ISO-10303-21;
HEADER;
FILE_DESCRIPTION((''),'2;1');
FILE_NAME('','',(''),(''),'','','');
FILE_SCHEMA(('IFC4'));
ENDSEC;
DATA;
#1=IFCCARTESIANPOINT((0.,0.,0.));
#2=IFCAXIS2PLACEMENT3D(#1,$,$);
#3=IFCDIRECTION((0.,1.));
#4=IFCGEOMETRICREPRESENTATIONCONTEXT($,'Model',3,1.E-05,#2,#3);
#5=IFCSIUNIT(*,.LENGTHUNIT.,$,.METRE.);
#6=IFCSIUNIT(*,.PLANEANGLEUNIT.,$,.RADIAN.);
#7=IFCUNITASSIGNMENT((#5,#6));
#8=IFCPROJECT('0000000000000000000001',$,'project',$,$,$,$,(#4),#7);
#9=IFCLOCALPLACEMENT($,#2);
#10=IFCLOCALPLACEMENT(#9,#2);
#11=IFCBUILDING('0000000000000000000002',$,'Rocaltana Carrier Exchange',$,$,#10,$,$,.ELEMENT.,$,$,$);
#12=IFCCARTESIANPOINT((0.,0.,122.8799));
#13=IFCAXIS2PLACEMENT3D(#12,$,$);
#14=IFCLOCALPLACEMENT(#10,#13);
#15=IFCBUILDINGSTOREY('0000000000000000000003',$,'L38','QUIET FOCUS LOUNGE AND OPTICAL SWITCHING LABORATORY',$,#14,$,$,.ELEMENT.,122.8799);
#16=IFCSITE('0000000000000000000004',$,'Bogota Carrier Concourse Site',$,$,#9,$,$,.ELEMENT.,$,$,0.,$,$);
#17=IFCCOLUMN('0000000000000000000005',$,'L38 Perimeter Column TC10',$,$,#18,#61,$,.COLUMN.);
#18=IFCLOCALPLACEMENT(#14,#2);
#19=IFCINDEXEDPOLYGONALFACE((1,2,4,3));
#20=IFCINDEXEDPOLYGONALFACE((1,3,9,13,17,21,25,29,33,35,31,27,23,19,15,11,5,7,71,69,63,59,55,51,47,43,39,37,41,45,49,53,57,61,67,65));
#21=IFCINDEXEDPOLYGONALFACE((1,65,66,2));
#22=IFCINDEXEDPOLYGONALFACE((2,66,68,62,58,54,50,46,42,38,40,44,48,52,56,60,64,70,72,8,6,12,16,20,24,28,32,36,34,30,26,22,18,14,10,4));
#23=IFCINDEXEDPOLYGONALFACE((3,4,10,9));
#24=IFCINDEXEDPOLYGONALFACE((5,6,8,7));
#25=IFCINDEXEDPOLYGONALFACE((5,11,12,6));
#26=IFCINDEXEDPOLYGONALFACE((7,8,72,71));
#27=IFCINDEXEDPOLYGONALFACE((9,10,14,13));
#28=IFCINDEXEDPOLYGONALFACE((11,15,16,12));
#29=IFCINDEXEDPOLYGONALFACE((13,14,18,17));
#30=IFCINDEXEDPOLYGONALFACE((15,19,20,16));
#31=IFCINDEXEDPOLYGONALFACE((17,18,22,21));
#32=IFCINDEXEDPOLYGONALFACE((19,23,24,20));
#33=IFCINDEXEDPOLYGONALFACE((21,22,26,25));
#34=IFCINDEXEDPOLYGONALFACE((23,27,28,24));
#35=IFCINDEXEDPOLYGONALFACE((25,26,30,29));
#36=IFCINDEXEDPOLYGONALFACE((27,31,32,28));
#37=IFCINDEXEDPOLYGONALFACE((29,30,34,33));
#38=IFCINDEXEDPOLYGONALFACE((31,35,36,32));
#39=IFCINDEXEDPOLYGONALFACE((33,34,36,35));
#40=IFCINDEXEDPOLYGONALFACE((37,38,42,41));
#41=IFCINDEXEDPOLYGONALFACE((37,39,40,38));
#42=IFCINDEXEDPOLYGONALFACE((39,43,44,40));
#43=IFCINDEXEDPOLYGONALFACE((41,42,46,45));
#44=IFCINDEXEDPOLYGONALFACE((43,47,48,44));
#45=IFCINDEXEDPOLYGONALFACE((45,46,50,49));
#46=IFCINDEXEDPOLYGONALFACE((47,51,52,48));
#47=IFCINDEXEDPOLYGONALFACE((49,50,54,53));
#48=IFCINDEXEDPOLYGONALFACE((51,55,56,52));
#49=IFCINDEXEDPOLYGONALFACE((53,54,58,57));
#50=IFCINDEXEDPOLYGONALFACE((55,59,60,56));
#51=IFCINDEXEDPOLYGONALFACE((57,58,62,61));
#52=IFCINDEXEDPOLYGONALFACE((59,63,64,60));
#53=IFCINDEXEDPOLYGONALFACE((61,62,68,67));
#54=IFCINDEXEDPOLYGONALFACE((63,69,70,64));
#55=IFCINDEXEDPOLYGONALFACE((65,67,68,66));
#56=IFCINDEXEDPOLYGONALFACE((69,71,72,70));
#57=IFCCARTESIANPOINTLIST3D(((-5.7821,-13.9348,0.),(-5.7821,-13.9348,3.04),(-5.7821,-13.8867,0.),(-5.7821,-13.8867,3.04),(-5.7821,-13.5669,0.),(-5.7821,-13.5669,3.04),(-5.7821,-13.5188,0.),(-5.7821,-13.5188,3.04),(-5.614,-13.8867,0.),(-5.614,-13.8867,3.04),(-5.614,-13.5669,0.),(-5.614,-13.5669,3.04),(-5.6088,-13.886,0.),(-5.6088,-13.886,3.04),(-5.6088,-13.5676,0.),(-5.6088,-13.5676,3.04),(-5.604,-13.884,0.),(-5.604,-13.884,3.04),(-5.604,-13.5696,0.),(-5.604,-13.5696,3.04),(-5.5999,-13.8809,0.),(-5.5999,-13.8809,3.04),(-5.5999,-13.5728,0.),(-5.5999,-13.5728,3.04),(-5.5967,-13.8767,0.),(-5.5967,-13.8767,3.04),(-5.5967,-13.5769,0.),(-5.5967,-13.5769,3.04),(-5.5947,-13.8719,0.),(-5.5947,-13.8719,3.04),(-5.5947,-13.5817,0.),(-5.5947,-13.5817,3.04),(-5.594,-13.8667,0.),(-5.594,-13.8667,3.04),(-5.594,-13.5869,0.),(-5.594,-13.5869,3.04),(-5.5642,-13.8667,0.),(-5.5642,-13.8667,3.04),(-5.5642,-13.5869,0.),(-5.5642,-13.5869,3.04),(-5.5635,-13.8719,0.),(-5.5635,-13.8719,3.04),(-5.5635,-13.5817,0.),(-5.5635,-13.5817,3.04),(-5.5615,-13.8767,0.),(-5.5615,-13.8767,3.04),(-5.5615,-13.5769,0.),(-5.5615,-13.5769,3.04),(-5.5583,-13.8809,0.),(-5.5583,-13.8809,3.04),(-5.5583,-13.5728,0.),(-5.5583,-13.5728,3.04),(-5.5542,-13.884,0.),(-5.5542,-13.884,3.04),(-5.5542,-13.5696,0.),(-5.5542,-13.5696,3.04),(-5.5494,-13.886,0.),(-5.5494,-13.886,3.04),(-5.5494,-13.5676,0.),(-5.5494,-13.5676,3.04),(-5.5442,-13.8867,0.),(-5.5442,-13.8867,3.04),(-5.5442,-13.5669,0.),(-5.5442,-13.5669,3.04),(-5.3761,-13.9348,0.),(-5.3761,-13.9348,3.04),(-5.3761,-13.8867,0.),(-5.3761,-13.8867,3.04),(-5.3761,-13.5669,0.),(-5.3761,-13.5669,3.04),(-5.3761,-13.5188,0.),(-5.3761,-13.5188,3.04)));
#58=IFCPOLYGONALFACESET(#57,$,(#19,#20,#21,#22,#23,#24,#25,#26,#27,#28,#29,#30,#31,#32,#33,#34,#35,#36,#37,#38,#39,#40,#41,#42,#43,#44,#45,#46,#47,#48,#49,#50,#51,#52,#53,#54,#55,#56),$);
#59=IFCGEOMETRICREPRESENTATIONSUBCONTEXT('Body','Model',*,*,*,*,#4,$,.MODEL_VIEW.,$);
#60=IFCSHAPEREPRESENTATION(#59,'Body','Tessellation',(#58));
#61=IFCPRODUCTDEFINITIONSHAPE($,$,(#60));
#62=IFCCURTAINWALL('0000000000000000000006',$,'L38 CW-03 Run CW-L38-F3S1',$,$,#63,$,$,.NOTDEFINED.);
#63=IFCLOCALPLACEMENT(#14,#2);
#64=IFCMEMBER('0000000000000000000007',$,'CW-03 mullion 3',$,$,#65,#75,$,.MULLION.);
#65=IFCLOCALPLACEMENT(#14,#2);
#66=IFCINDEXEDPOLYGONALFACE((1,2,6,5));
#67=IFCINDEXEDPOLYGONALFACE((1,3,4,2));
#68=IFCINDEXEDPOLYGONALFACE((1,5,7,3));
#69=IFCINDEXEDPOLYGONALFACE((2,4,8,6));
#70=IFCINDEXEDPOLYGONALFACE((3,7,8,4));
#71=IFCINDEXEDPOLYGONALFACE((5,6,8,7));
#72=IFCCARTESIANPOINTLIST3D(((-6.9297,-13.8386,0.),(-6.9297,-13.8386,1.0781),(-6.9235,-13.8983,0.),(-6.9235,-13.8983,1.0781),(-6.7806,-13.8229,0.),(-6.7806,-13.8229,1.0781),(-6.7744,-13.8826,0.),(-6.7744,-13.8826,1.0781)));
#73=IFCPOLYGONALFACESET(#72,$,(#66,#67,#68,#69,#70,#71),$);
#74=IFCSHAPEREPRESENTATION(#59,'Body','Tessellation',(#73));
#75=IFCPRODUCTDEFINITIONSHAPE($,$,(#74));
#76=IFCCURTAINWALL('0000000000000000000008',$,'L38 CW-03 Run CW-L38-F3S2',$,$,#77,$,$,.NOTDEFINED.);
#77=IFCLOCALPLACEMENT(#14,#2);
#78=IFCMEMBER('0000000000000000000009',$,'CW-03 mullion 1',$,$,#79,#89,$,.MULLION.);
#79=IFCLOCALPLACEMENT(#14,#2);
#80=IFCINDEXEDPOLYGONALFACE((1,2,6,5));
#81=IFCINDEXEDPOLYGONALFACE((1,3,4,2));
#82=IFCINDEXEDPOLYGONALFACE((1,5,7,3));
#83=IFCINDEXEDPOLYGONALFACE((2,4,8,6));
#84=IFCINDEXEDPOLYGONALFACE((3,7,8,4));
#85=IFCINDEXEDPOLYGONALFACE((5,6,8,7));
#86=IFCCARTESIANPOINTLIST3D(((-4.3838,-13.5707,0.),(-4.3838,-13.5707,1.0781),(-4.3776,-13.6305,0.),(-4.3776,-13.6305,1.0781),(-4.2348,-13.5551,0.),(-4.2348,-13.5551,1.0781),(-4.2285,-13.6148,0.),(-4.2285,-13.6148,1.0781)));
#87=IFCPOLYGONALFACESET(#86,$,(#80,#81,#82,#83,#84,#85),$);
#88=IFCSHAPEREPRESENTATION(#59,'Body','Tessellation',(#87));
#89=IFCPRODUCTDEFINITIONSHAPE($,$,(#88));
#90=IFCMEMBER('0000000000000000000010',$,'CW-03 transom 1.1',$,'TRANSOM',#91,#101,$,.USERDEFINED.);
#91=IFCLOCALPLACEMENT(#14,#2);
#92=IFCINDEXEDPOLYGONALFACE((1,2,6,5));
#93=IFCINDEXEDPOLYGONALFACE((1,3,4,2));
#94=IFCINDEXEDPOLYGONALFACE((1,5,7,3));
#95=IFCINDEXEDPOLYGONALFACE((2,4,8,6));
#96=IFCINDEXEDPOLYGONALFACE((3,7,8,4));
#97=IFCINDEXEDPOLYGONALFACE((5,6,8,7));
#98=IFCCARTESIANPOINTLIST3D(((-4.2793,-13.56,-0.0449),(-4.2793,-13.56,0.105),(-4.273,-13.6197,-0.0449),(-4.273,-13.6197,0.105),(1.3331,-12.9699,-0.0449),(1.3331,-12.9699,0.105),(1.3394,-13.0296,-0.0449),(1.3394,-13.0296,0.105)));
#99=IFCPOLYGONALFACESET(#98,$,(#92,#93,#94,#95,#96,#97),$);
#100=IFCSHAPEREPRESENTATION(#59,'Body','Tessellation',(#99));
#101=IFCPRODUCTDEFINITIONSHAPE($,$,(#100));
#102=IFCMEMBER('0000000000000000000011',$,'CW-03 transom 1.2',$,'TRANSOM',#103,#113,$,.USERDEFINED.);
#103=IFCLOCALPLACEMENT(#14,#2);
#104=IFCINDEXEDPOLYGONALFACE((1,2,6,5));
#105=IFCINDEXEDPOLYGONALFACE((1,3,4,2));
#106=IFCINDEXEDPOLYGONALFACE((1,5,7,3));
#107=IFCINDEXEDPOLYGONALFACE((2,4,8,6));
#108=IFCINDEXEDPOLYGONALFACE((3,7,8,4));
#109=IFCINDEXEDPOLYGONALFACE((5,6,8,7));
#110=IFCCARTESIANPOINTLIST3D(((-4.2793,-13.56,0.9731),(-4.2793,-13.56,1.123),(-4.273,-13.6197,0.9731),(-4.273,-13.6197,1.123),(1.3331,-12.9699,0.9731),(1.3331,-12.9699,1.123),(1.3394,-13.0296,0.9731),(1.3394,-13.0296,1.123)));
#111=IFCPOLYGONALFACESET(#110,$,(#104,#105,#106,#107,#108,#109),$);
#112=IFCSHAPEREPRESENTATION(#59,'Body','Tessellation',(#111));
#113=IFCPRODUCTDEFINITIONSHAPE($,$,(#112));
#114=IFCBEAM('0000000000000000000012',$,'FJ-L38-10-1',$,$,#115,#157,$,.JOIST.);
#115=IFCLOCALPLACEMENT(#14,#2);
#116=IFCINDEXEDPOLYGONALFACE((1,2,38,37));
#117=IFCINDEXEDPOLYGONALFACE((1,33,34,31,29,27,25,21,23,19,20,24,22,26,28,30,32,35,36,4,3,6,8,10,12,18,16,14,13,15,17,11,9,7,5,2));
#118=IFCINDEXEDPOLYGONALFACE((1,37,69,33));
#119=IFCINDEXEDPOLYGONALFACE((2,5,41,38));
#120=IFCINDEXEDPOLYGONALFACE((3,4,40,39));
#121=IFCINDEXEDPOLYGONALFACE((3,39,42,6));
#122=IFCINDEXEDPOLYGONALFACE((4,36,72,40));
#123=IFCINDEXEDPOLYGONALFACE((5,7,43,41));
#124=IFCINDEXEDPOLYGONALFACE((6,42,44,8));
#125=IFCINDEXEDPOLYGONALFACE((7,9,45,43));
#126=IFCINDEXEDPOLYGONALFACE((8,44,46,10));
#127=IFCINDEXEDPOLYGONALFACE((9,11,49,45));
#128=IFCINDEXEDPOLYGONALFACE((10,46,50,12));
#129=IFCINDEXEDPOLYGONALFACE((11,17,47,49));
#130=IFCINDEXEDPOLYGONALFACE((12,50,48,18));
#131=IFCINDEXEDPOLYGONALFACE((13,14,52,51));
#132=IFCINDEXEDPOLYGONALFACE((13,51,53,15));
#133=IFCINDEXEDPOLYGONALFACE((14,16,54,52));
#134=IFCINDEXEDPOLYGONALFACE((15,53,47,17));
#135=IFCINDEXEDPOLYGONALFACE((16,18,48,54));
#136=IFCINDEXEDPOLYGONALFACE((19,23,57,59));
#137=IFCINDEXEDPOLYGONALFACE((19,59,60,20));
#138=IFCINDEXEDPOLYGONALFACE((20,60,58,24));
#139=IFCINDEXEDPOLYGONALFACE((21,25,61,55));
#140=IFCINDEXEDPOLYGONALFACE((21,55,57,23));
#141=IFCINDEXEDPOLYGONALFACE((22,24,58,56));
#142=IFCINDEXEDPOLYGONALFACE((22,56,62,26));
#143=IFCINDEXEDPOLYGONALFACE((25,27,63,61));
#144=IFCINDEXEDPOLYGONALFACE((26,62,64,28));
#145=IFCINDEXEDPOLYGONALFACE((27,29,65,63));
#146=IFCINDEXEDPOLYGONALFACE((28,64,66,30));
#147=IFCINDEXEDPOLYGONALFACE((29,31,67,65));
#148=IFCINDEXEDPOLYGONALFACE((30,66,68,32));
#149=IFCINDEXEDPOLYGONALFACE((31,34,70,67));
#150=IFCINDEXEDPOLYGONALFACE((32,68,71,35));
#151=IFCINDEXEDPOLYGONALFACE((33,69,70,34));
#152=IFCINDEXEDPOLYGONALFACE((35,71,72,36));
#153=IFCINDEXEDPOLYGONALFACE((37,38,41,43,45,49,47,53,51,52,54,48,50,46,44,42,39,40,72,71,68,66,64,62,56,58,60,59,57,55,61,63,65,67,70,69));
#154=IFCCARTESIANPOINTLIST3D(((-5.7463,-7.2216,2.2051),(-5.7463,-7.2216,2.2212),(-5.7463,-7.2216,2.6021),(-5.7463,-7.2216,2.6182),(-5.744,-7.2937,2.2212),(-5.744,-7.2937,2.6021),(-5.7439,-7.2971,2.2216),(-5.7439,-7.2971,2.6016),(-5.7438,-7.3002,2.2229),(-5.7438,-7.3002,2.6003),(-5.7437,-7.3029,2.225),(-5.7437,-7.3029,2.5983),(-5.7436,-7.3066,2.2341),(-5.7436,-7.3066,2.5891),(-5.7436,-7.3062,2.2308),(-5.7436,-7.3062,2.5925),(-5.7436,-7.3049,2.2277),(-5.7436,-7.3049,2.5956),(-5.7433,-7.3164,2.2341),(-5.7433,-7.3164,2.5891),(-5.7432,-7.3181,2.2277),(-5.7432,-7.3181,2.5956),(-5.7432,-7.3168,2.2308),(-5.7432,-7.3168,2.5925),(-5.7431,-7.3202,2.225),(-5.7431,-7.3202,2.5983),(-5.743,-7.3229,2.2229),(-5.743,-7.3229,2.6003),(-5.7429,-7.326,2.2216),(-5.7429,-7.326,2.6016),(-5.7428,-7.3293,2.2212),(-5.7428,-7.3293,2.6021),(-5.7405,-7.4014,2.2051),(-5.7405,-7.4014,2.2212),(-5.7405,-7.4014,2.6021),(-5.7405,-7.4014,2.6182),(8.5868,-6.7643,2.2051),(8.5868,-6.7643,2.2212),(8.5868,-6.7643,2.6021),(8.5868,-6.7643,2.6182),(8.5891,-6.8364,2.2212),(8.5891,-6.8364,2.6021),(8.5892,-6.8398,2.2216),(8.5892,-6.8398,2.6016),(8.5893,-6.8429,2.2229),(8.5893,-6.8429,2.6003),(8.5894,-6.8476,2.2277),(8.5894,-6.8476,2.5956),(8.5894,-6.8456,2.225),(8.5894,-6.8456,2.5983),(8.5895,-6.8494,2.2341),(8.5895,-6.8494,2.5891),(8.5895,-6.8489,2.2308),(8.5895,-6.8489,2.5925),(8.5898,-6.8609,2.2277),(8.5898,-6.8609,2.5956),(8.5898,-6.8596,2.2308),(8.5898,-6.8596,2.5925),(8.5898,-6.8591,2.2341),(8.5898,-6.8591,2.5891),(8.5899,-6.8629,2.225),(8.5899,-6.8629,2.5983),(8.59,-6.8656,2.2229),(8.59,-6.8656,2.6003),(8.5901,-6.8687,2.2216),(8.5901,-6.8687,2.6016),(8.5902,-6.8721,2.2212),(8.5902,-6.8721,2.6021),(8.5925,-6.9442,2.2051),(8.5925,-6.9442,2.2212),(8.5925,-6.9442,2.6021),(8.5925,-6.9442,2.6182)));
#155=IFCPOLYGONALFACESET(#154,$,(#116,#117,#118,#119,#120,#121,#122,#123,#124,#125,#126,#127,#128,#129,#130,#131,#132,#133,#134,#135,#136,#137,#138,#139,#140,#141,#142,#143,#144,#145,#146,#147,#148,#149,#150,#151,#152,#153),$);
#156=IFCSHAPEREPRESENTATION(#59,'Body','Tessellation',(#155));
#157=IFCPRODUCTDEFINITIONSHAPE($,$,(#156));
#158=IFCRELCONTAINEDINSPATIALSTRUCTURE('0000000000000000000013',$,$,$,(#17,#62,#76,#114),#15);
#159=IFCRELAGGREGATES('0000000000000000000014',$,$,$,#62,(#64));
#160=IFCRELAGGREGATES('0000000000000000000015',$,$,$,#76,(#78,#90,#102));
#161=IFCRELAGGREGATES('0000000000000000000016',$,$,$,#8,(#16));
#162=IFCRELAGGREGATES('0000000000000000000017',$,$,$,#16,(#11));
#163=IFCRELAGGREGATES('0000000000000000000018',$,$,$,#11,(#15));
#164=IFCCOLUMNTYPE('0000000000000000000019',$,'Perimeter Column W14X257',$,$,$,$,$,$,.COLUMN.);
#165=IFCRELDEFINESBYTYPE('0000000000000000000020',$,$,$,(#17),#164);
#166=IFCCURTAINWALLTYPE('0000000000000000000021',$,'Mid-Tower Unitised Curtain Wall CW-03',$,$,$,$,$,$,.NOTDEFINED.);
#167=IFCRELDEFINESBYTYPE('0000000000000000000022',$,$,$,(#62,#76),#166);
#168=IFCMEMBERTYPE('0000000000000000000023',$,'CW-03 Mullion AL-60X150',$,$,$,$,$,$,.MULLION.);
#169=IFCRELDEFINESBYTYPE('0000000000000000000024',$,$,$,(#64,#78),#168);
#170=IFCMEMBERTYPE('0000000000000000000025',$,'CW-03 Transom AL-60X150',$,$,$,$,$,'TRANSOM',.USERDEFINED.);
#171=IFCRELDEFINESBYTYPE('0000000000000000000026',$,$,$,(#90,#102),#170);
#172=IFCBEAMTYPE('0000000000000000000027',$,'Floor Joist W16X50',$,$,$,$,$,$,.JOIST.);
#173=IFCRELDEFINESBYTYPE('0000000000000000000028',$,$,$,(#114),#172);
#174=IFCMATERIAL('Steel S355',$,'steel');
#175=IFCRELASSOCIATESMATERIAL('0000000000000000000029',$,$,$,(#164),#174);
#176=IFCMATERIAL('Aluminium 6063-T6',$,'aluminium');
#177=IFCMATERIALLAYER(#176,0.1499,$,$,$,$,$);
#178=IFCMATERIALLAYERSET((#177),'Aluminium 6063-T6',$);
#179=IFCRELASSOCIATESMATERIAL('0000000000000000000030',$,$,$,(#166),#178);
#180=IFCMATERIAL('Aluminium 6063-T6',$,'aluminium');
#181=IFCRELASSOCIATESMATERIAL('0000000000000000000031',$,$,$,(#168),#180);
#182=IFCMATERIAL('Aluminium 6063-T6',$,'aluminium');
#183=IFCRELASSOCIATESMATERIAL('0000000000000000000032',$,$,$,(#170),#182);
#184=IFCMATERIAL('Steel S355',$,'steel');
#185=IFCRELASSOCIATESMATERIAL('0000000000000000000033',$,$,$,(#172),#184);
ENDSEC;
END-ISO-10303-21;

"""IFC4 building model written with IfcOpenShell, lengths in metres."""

from ifc_helpers import new_model, si_unit, direction, frame, origin, origin_2d, place, context, subcontext, project, spatial, rectangle, i_section, extrude, material, layer, layer_set, material_profile, profile_set, type_object, element, aggregate, save


model = new_model("IFC4")

# Units and contexts
model_context = context("Model", 3, precision=1e-05, world=origin(), true_north=direction((0.0, 1.0)))
body_context = subcontext(model_context, "Body", "Model", "MODEL_VIEW")
ifc_project = project(units=[si_unit("LENGTHUNIT", "METRE"), si_unit("PLANEANGLEUNIT", "RADIAN")], contexts=[model_context])

# Site, building, storey
site_placement = place(None, origin())
site = spatial("IfcSite", under=ifc_project, at=site_placement, Name="Bogota Carrier Concourse Site", CompositionType="ELEMENT", RefElevation=0.0)
building_placement = place(site_placement, origin())
building = spatial("IfcBuilding", under=site, at=building_placement, Name="Rocaltana Carrier Exchange", CompositionType="ELEMENT")
storey_placement = place(building_placement, frame((0.0, 0.0, 122.8799)))
storey = spatial("IfcBuildingStorey", under=building, at=storey_placement, Name="L38", Description="QUIET FOCUS LOUNGE AND OPTICAL SWITCHING LABORATORY", CompositionType="ELEMENT", Elevation=122.8799)

# Column
ifc_material_1 = material(Name="Steel S355", Category="steel")
ifc_material_profile_1 = material_profile(ifc_material_1, i_section(OverallWidth=0.406, OverallDepth=0.416, WebThickness=0.0298, FlangeThickness=0.0481, FilletRadius=0.02, at=origin_2d()), Name="W14X257")
ifc_profile_set_1 = profile_set([ifc_material_profile_1], Name="Steel S355")
column_type = type_object("IfcColumnType", Name="Perimeter Column W14X257", PredefinedType="COLUMN", material=ifc_profile_set_1)
column_placement = place(storey_placement, frame((-5.5791, -13.7268, 0.0), z_axis=(0.0, 0.0, 1.0), x_axis=(1.0, 0.0, 0.0)))
element("IfcColumn", 1, at=column_placement, inside=storey, type_object=column_type, Name="L38 Perimeter Column TC10", PredefinedType="COLUMN", context=body_context, shape_type="SweptSolid", body=[
    extrude(i_section(OverallWidth=0.406, OverallDepth=0.416, WebThickness=0.0298, FlangeThickness=0.0481, FilletRadius=0.02, at=origin_2d()), origin(), (0.0, 0.0, 1.0), 3.04),
])

# Curtain wall, member
ifc_material_2 = material(Name="Aluminium 6063-T6", Category="aluminium")
ifc_layer_1 = layer(ifc_material_2, 0.1499)
ifc_layer_set_1 = layer_set([ifc_layer_1], Name="Aluminium 6063-T6")
curtain_wall_type = type_object("IfcCurtainWallType", Name="Mid-Tower Unitised Curtain Wall CW-03", PredefinedType="NOTDEFINED", material=ifc_layer_set_1)
curtain_wall_1_placement = place(storey_placement, origin())
curtain_wall_1 = element("IfcCurtainWall", 2, at=curtain_wall_1_placement, inside=storey, type_object=curtain_wall_type, Name="L38 CW-03 Run CW-L38-F3S1", PredefinedType="NOTDEFINED")
ifc_material_3 = material(Name="Aluminium 6063-T6", Category="aluminium")
ifc_material_profile_2 = material_profile(ifc_material_3, rectangle(XDim=0.0601, YDim=0.1499, at=origin_2d()), Name="AL-60X150")
ifc_profile_set_2 = profile_set([ifc_material_profile_2], Name="Aluminium 6063-T6")
member_type_1 = type_object("IfcMemberType", Name="CW-03 Mullion AL-60X150", PredefinedType="MULLION", material=ifc_profile_set_2)
member_1_placement = place(storey_placement, frame((-6.8521, -13.8606, 0.0), z_axis=(0.0, 0.0, 1.0), x_axis=(-0.104522, 0.994523, 0.0)))
member_1 = element("IfcMember", 3, at=member_1_placement, type_object=member_type_1, Name="CW-03 mullion 3", PredefinedType="MULLION", context=body_context, shape_type="SweptSolid", body=[
    extrude(rectangle(XDim=0.0601, YDim=0.1499, at=origin_2d()), origin(), (0.0, 0.0, 1.0), 1.0781),
])
aggregate(curtain_wall_1, [member_1])

# Curtain wall, members
curtain_wall_2_placement = place(storey_placement, origin())
curtain_wall_2 = element("IfcCurtainWall", 4, at=curtain_wall_2_placement, inside=storey, type_object=curtain_wall_type, Name="L38 CW-03 Run CW-L38-F3S2", PredefinedType="NOTDEFINED")
member_2_placement = place(storey_placement, frame((-4.3062, -13.5928, 0.0), z_axis=(0.0, 0.0, 1.0), x_axis=(-0.10453, 0.994522, 0.0)))
member_2 = element("IfcMember", 5, at=member_2_placement, type_object=member_type_1, Name="CW-03 mullion 1", PredefinedType="MULLION", context=body_context, shape_type="SweptSolid", body=[
    extrude(rectangle(XDim=0.0601, YDim=0.1499, at=origin_2d()), origin(), (0.0, 0.0, 1.0), 1.0781),
])
ifc_material_4 = material(Name="Aluminium 6063-T6", Category="aluminium")
ifc_material_profile_3 = material_profile(ifc_material_4, rectangle(XDim=0.0601, YDim=0.1499, at=origin_2d()), Name="AL-60X150")
ifc_profile_set_3 = profile_set([ifc_material_profile_3], Name="Aluminium 6063-T6")
member_type_2 = type_object("IfcMemberType", Name="CW-03 Transom AL-60X150", ElementType="TRANSOM", PredefinedType="USERDEFINED", material=ifc_profile_set_3)
member_3_placement = place(storey_placement, frame((-4.2761, -13.5898, 0.03), z_axis=(0.994518, 0.104565, 0.0), x_axis=(-0.104565, 0.994518, 0.0)))
member_3 = element("IfcMember", 6, at=member_3_placement, type_object=member_type_2, Name="CW-03 transom 1.1", ObjectType="TRANSOM", PredefinedType="USERDEFINED", context=body_context, shape_type="SweptSolid", body=[
    extrude(rectangle(XDim=0.0601, YDim=0.1499, at=origin_2d()), origin(), (0.0, 0.0, 1.0), 5.6433),
])
member_4_placement = place(storey_placement, frame((-4.2761, -13.5898, 1.0481), z_axis=(0.994518, 0.104565, 0.0), x_axis=(-0.104565, 0.994518, 0.0)))
member_4 = element("IfcMember", 7, at=member_4_placement, type_object=member_type_2, Name="CW-03 transom 1.2", ObjectType="TRANSOM", PredefinedType="USERDEFINED", context=body_context, shape_type="SweptSolid", body=[
    extrude(rectangle(XDim=0.0601, YDim=0.1499, at=origin_2d()), origin(), (0.0, 0.0, 1.0), 5.6433),
])

# Beam
ifc_material_5 = material(Name="Steel S355", Category="steel")
ifc_material_profile_4 = material_profile(ifc_material_5, i_section(OverallWidth=0.1799, OverallDepth=0.4131, WebThickness=0.0098, FlangeThickness=0.0161, FilletRadius=0.0129, at=origin_2d()), Name="W16X50")
ifc_profile_set_4 = profile_set([ifc_material_profile_4], Name="Steel S355")
beam_type_1 = type_object("IfcBeamType", Name="Floor Joist W16X50", PredefinedType="JOIST", material=ifc_profile_set_4)
beam_1_placement = place(storey_placement, frame((-5.7434, -7.3115, 2.4116), z_axis=(0.999491, 0.031887, 0.0), x_axis=(-0.031887, 0.999491, 0.0)))
element("IfcBeam", 8, at=beam_1_placement, inside=storey, type_object=beam_type_1, Name="FJ-L38-10-1", PredefinedType="JOIST", context=body_context, shape_type="SweptSolid", body=[
    extrude(i_section(OverallWidth=0.1799, OverallDepth=0.4131, WebThickness=0.0098, FlangeThickness=0.0161, FilletRadius=0.0129, at=origin_2d()), origin(), (0.0, 0.0, 1.0), 14.3403),
])

aggregate(curtain_wall_2, [member_2, member_3, member_4])

save(model, "model.ifc")
